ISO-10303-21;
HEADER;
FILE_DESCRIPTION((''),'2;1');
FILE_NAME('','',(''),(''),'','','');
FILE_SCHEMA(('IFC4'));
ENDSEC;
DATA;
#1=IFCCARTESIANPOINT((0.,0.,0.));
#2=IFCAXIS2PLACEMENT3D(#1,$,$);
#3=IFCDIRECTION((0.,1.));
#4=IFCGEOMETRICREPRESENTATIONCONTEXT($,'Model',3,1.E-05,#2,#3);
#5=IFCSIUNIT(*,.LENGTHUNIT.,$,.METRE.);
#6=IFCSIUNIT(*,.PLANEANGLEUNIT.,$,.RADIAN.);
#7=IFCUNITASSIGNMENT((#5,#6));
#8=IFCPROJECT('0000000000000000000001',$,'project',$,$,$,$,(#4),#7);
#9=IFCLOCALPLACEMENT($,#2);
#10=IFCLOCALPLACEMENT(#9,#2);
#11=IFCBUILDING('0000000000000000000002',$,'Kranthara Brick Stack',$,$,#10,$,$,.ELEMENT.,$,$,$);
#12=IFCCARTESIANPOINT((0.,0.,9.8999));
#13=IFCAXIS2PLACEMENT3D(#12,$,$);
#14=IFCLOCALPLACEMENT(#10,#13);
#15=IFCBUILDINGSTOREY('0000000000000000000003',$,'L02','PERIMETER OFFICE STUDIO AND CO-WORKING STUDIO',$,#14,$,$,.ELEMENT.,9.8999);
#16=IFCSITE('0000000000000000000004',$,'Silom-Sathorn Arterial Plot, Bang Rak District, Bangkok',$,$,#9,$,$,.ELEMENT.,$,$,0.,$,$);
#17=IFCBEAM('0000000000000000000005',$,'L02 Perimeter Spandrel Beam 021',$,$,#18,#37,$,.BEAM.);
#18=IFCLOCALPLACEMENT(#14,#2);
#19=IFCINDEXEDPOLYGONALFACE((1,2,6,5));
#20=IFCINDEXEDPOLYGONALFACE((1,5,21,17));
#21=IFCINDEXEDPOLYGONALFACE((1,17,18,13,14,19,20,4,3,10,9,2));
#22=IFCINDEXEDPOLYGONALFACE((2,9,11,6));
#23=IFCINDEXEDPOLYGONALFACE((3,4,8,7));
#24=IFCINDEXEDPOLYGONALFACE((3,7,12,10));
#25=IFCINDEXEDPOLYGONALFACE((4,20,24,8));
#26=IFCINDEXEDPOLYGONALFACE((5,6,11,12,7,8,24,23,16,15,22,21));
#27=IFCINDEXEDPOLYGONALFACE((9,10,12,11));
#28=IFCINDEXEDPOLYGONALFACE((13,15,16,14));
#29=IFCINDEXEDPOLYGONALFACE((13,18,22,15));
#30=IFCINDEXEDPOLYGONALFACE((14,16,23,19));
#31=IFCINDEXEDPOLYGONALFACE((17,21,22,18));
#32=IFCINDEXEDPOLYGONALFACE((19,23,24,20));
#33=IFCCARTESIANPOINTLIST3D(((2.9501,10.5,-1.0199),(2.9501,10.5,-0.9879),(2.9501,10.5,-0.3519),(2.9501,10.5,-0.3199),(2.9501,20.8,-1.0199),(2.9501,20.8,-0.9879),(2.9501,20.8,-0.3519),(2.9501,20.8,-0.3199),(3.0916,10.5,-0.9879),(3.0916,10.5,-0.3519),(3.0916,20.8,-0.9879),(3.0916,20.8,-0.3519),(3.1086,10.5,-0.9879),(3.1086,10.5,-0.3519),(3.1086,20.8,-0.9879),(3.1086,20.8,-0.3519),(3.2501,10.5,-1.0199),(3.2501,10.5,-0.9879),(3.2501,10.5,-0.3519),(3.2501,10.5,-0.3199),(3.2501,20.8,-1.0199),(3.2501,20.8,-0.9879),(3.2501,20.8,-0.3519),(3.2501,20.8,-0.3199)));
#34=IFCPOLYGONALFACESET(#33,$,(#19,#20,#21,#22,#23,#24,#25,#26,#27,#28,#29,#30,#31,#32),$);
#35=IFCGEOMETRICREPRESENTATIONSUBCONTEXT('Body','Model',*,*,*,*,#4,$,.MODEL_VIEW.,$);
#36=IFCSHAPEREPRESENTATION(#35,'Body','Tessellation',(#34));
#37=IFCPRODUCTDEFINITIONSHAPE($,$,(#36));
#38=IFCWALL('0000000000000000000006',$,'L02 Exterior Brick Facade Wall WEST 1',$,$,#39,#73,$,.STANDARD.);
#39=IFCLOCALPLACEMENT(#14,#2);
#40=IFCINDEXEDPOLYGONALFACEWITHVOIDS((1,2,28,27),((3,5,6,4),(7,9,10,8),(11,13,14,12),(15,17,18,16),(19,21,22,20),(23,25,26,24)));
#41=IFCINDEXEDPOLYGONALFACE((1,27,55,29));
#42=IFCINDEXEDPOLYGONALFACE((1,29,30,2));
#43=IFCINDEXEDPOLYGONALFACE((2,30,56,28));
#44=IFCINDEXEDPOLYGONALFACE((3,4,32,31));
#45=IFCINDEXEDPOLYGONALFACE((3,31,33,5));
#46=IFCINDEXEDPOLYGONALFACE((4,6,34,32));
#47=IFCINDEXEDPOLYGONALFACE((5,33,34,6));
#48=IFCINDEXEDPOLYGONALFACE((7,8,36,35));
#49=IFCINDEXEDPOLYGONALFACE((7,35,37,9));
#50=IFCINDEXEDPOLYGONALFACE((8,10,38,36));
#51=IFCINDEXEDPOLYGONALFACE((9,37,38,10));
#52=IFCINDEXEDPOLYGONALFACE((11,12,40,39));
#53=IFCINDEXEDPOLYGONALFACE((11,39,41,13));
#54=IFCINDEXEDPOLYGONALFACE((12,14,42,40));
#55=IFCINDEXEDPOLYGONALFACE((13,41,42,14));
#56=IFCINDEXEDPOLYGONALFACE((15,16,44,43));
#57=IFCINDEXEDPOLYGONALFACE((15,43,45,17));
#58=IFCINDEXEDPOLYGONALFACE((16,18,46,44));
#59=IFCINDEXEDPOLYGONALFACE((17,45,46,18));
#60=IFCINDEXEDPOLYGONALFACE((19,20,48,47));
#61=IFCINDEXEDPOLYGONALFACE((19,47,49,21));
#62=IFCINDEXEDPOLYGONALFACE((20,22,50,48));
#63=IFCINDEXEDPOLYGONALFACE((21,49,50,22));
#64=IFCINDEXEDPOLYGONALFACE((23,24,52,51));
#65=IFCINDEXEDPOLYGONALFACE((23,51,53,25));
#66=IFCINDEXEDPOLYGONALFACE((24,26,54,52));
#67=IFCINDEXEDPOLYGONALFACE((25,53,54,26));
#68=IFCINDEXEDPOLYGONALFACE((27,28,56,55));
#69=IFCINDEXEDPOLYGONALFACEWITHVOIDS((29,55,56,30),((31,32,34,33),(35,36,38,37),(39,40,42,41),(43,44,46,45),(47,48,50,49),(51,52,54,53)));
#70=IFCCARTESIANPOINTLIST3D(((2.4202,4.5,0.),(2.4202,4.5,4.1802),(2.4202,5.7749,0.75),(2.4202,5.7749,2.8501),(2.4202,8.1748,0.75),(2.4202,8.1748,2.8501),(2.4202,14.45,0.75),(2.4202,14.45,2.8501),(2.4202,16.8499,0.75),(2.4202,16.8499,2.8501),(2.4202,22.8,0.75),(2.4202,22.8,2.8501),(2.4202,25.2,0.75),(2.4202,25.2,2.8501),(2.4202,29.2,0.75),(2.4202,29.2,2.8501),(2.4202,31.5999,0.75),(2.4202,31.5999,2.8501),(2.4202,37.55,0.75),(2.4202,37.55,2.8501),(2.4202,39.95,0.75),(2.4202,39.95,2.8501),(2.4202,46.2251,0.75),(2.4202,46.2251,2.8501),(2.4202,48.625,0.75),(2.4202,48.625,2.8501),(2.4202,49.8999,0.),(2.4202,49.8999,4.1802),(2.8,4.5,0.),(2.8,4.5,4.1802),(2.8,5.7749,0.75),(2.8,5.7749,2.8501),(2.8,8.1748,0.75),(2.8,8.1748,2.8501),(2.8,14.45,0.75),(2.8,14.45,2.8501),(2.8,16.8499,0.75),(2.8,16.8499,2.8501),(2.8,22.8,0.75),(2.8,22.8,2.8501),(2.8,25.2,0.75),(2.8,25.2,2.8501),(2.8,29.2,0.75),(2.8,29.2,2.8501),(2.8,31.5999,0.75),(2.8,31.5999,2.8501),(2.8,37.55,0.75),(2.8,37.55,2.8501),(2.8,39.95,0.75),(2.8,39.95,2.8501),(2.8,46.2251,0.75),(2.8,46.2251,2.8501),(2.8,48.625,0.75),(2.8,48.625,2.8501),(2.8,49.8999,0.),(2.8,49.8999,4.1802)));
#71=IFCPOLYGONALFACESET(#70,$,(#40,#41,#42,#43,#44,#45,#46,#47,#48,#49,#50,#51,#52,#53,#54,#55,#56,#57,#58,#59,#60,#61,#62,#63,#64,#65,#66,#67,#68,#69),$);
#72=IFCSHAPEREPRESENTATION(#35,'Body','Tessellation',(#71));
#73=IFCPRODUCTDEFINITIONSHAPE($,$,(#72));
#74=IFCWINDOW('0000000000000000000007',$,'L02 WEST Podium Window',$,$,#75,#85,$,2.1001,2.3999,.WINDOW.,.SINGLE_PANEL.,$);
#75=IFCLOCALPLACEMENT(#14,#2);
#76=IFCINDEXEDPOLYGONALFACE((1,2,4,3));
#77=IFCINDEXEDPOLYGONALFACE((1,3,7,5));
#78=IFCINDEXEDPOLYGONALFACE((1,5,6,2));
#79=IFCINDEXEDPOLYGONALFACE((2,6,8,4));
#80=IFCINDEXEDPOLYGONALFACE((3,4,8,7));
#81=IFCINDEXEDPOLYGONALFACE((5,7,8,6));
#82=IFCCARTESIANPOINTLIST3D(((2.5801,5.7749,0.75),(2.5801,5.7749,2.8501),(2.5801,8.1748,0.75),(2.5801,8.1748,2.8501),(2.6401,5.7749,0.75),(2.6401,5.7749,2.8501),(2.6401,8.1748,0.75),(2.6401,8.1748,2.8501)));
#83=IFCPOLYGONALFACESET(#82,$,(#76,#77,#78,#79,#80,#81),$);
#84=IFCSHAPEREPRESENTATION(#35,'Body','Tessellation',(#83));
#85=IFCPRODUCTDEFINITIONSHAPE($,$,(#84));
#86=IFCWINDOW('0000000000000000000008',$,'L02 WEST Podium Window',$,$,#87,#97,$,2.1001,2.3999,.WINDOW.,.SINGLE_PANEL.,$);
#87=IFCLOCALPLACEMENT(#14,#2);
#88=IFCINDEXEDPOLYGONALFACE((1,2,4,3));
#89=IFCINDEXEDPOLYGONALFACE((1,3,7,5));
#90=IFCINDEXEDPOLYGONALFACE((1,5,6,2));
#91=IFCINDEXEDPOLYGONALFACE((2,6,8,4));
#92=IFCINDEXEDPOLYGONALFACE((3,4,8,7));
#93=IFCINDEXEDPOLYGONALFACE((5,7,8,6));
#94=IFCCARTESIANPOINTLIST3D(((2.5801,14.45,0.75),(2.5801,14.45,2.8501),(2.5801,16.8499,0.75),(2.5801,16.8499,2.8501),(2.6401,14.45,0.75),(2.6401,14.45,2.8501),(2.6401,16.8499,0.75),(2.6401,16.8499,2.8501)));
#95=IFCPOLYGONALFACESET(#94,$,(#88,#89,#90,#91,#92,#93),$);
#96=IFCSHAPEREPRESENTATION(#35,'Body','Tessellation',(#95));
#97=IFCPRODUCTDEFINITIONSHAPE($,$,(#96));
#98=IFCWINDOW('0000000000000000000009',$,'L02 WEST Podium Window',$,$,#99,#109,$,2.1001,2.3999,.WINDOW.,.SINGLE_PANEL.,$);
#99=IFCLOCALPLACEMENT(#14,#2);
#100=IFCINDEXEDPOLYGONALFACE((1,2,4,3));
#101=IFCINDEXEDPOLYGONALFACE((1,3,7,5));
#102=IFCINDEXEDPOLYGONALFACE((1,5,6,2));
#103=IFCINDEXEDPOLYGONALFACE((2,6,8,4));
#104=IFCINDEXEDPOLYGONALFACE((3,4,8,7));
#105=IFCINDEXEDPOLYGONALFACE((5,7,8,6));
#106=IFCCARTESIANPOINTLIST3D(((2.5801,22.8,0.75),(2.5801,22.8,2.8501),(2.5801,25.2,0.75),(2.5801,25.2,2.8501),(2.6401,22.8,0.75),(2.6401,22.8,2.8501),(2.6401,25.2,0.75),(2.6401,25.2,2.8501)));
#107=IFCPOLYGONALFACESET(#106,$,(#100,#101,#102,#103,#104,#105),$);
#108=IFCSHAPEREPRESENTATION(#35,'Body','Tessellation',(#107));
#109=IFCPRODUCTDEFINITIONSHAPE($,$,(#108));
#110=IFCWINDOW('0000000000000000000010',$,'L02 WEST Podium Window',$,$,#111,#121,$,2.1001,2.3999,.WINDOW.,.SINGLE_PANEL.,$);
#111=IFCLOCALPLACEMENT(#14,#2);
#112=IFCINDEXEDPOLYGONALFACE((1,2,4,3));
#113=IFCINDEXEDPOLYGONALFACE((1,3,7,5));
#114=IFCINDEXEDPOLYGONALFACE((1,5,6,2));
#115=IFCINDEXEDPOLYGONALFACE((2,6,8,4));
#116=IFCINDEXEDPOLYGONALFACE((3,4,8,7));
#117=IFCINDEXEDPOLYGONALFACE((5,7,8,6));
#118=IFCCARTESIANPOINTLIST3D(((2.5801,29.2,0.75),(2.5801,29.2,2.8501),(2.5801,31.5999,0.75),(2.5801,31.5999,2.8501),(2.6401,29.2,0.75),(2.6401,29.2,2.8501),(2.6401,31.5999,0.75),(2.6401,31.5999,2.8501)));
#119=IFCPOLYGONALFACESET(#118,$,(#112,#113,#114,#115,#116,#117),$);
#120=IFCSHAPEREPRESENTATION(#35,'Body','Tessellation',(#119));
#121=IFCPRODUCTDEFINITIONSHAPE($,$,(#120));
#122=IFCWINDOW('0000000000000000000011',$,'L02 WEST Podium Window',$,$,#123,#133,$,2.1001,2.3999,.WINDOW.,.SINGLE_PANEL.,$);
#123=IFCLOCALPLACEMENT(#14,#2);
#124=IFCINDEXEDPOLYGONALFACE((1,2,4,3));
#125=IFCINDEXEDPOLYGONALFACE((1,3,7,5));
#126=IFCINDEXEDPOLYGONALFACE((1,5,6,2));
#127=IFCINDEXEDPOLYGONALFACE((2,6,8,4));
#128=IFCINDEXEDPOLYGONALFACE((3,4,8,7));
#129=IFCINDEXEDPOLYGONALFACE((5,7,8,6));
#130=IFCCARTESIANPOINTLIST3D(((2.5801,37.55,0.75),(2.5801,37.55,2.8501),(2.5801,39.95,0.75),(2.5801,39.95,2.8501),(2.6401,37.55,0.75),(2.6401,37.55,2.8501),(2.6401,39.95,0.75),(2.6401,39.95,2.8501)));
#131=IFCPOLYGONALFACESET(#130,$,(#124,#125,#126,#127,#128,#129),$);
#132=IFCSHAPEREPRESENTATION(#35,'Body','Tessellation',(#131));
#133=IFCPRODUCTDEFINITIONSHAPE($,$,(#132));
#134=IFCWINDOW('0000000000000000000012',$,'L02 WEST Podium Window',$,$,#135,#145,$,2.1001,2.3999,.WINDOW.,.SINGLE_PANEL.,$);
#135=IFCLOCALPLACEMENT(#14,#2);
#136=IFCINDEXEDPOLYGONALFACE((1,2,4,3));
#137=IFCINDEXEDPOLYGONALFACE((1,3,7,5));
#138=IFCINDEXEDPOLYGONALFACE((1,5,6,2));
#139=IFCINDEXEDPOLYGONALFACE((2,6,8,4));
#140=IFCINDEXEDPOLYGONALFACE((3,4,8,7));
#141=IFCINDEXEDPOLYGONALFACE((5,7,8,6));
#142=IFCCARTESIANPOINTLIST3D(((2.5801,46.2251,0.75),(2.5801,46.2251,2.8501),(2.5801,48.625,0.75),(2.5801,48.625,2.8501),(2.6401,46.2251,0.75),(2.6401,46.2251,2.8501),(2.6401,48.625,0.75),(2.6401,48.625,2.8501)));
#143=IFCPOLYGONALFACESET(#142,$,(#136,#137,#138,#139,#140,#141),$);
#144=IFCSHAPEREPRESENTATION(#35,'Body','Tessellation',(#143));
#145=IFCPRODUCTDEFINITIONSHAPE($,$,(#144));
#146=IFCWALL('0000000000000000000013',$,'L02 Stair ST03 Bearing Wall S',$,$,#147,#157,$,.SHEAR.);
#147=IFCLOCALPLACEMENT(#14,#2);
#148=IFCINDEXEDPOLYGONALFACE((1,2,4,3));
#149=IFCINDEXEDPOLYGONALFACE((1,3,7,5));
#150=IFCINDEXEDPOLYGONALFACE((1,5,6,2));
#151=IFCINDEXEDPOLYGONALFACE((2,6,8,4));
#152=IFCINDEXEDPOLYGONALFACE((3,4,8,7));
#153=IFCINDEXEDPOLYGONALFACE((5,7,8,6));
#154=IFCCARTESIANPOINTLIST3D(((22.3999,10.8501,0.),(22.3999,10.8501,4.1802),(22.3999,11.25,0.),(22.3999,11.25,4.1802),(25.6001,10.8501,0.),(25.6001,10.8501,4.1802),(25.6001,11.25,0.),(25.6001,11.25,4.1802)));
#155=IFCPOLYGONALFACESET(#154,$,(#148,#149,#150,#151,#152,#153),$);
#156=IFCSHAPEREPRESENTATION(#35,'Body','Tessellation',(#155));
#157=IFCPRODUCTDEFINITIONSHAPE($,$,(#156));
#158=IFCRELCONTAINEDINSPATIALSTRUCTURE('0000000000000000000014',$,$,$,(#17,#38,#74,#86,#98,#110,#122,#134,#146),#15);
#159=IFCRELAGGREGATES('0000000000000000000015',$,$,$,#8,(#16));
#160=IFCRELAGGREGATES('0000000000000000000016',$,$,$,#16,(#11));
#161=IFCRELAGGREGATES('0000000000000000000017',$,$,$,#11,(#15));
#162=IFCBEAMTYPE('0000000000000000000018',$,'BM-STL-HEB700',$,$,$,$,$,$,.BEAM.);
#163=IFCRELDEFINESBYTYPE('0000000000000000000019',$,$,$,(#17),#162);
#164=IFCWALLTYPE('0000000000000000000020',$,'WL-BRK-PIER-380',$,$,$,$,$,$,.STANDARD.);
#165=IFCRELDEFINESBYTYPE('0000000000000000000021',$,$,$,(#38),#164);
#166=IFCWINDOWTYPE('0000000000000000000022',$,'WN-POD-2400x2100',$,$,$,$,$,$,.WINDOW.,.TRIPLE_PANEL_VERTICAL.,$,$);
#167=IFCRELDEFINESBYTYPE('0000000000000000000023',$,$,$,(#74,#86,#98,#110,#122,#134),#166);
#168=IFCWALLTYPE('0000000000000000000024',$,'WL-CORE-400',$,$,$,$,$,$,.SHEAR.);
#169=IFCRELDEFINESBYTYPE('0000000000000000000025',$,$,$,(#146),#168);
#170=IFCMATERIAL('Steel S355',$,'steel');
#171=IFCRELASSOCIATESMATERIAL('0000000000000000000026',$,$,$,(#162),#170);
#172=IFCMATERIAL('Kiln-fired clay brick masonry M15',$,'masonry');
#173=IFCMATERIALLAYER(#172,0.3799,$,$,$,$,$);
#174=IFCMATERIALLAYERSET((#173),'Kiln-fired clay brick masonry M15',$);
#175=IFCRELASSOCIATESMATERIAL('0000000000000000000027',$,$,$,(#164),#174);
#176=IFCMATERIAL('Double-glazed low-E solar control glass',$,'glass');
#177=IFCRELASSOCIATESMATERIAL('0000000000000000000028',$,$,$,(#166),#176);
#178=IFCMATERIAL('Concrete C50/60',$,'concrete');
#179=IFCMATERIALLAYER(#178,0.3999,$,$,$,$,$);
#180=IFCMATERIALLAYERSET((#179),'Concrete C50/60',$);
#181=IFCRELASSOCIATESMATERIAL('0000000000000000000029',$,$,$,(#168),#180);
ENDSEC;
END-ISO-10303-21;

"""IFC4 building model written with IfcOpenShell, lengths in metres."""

from ifc_helpers import new_model, si_unit, direction, frame, frame_2d, origin, origin_2d, place, context, subcontext, project, spatial, rectangle, i_section, extrude, material, layer, layer_set, material_profile, profile_set, type_object, element, fill, save


model = new_model("IFC4")

# Units and contexts
model_context = context("Model", 3, precision=1e-05, world=origin(), true_north=direction((0.0, 1.0)))
body_context = subcontext(model_context, "Body", "Model", "MODEL_VIEW")
ifc_project = project(units=[si_unit("LENGTHUNIT", "METRE"), si_unit("PLANEANGLEUNIT", "RADIAN")], contexts=[model_context])

# Site, building, storey
site_placement = place(None, origin())
site = spatial("IfcSite", under=ifc_project, at=site_placement, Name="Silom-Sathorn Arterial Plot, Bang Rak District, Bangkok", CompositionType="ELEMENT", RefElevation=0.0)
building_placement = place(site_placement, origin())
building = spatial("IfcBuilding", under=site, at=building_placement, Name="Kranthara Brick Stack", CompositionType="ELEMENT")
storey_placement = place(building_placement, frame((0.0, 0.0, 9.8999)))
storey = spatial("IfcBuildingStorey", under=building, at=storey_placement, Name="L02", Description="PERIMETER OFFICE STUDIO AND CO-WORKING STUDIO", CompositionType="ELEMENT", Elevation=9.8999)

# Beam
ifc_material_1 = material(Name="Steel S355", Category="steel")
ifc_material_profile_1 = material_profile(ifc_material_1, i_section(OverallWidth=0.3, OverallDepth=0.7, WebThickness=0.0171, FlangeThickness=0.032, at=origin_2d()), Name="HEB 700")
ifc_profile_set_1 = profile_set([ifc_material_profile_1], Name="Steel S355")
beam_type_1 = type_object("IfcBeamType", Name="BM-STL-HEB700", PredefinedType="BEAM", material=ifc_profile_set_1)
beam_1_placement = place(storey_placement, frame((3.1001, 10.5, -0.6699), z_axis=(0.0, 1.0, 0.0), x_axis=(-1.0, 0.0, 0.0)))
element("IfcBeam", 1, at=beam_1_placement, inside=storey, type_object=beam_type_1, Name="L02 Perimeter Spandrel Beam 021", PredefinedType="BEAM", context=body_context, shape_type="SweptSolid", body=[
    extrude(i_section(OverallWidth=0.3, OverallDepth=0.7, WebThickness=0.0171, FlangeThickness=0.032, at=origin_2d()), origin(), (0.0, 0.0, 1.0), 10.3),
])

# Wall, openings, windows
ifc_material_2 = material(Name="Kiln-fired clay brick masonry M15", Category="masonry")
ifc_layer_1 = layer(ifc_material_2, 0.3799)
ifc_layer_set_1 = layer_set([ifc_layer_1], Name="Kiln-fired clay brick masonry M15")
wall_type_1 = type_object("IfcWallType", Name="WL-BRK-PIER-380", PredefinedType="STANDARD", material=ifc_layer_set_1)
wall_1_placement = place(storey_placement, frame((2.6101, 4.5, 0.0), z_axis=(0.0, 0.0, 1.0), x_axis=(0.0, 1.0, 0.0)))
wall_1 = element("IfcWall", 2, at=wall_1_placement, inside=storey, type_object=wall_type_1, Name="L02 Exterior Brick Facade Wall WEST 1", PredefinedType="STANDARD", context=body_context, shape_type="SweptSolid", body=[
    extrude(rectangle(XDim=45.3999, YDim=0.3799, at=frame_2d((22.7, 0.0))), origin(), (0.0, 0.0, 1.0), 4.1802),
])
opening_1_placement = place(wall_1_placement, frame((1.2749, 0.0, 0.75)))
opening_1 = element("IfcOpeningElement", 3, at=opening_1_placement, cuts=wall_1, PredefinedType="OPENING", context=body_context, shape_type="SweptSolid", body=[
    extrude(rectangle(XDim=2.3999, YDim=2.1001, at=frame_2d((1.2, 1.05))), frame((0.0, 0.2, 0.0), z_axis=(0.0, -1.0, 0.0), x_axis=(1.0, 0.0, 0.0)), (0.0, 0.0, 1.0), 0.3999),
])
opening_2_placement = place(wall_1_placement, frame((9.95, 0.0, 0.75)))
opening_2 = element("IfcOpeningElement", 4, at=opening_2_placement, cuts=wall_1, PredefinedType="OPENING", context=body_context, shape_type="SweptSolid", body=[
    extrude(rectangle(XDim=2.3999, YDim=2.1001, at=frame_2d((1.2, 1.05))), frame((0.0, 0.2, 0.0), z_axis=(0.0, -1.0, 0.0), x_axis=(1.0, 0.0, 0.0)), (0.0, 0.0, 1.0), 0.3999),
])
opening_3_placement = place(wall_1_placement, frame((18.3, 0.0, 0.75)))
opening_3 = element("IfcOpeningElement", 5, at=opening_3_placement, cuts=wall_1, PredefinedType="OPENING", context=body_context, shape_type="SweptSolid", body=[
    extrude(rectangle(XDim=2.3999, YDim=2.1001, at=frame_2d((1.2, 1.05))), frame((0.0, 0.2, 0.0), z_axis=(0.0, -1.0, 0.0), x_axis=(1.0, 0.0, 0.0)), (0.0, 0.0, 1.0), 0.3999),
])
opening_4_placement = place(wall_1_placement, frame((24.7, 0.0, 0.75)))
opening_4 = element("IfcOpeningElement", 6, at=opening_4_placement, cuts=wall_1, PredefinedType="OPENING", context=body_context, shape_type="SweptSolid", body=[
    extrude(rectangle(XDim=2.3999, YDim=2.1001, at=frame_2d((1.2, 1.05))), frame((0.0, 0.2, 0.0), z_axis=(0.0, -1.0, 0.0), x_axis=(1.0, 0.0, 0.0)), (0.0, 0.0, 1.0), 0.3999),
])
opening_5_placement = place(wall_1_placement, frame((33.05, 0.0, 0.75)))
opening_5 = element("IfcOpeningElement", 7, at=opening_5_placement, cuts=wall_1, PredefinedType="OPENING", context=body_context, shape_type="SweptSolid", body=[
    extrude(rectangle(XDim=2.3999, YDim=2.1001, at=frame_2d((1.2, 1.05))), frame((0.0, 0.2, 0.0), z_axis=(0.0, -1.0, 0.0), x_axis=(1.0, 0.0, 0.0)), (0.0, 0.0, 1.0), 0.3999),
])
opening_6_placement = place(wall_1_placement, frame((41.7251, 0.0, 0.75)))
opening_6 = element("IfcOpeningElement", 8, at=opening_6_placement, cuts=wall_1, PredefinedType="OPENING", context=body_context, shape_type="SweptSolid", body=[
    extrude(rectangle(XDim=2.3999, YDim=2.1001, at=frame_2d((1.2, 1.05))), frame((0.0, 0.2, 0.0), z_axis=(0.0, -1.0, 0.0), x_axis=(1.0, 0.0, 0.0)), (0.0, 0.0, 1.0), 0.3999),
])
ifc_material_3 = material(Name="Double-glazed low-E solar control glass", Category="glass")
window_type = type_object("IfcWindowType", Name="WN-POD-2400x2100", PartitioningType="TRIPLE_PANEL_VERTICAL", PredefinedType="WINDOW", material=ifc_material_3)
window_1_placement = place(opening_1_placement, origin())
window_1 = element("IfcWindow", 9, at=window_1_placement, inside=storey, type_object=window_type, Name="L02 WEST Podium Window", OverallHeight=2.1001, OverallWidth=2.3999, PartitioningType="SINGLE_PANEL", PredefinedType="WINDOW", context=body_context, shape_type="SweptSolid", body=[
    extrude(rectangle(XDim=2.3999, YDim=2.1001, at=frame_2d((1.2, 1.05))), frame((0.0, 0.03, 0.0), z_axis=(0.0, -1.0, 0.0), x_axis=(1.0, 0.0, 0.0)), (0.0, 0.0, 1.0), 0.0601),
])
fill(opening_1, window_1)
window_2_placement = place(opening_2_placement, origin())
window_2 = element("IfcWindow", 10, at=window_2_placement, inside=storey, type_object=window_type, Name="L02 WEST Podium Window", OverallHeight=2.1001, OverallWidth=2.3999, PartitioningType="SINGLE_PANEL", PredefinedType="WINDOW", context=body_context, shape_type="SweptSolid", body=[
    extrude(rectangle(XDim=2.3999, YDim=2.1001, at=frame_2d((1.2, 1.05))), frame((0.0, 0.03, 0.0), z_axis=(0.0, -1.0, 0.0), x_axis=(1.0, 0.0, 0.0)), (0.0, 0.0, 1.0), 0.0601),
])
fill(opening_2, window_2)
window_3_placement = place(opening_3_placement, origin())
window_3 = element("IfcWindow", 11, at=window_3_placement, inside=storey, type_object=window_type, Name="L02 WEST Podium Window", OverallHeight=2.1001, OverallWidth=2.3999, PartitioningType="SINGLE_PANEL", PredefinedType="WINDOW", context=body_context, shape_type="SweptSolid", body=[
    extrude(rectangle(XDim=2.3999, YDim=2.1001, at=frame_2d((1.2, 1.05))), frame((0.0, 0.03, 0.0), z_axis=(0.0, -1.0, 0.0), x_axis=(1.0, 0.0, 0.0)), (0.0, 0.0, 1.0), 0.0601),
])
fill(opening_3, window_3)
window_4_placement = place(opening_4_placement, origin())
window_4 = element("IfcWindow", 12, at=window_4_placement, inside=storey, type_object=window_type, Name="L02 WEST Podium Window", OverallHeight=2.1001, OverallWidth=2.3999, PartitioningType="SINGLE_PANEL", PredefinedType="WINDOW", context=body_context, shape_type="SweptSolid", body=[
    extrude(rectangle(XDim=2.3999, YDim=2.1001, at=frame_2d((1.2, 1.05))), frame((0.0, 0.03, 0.0), z_axis=(0.0, -1.0, 0.0), x_axis=(1.0, 0.0, 0.0)), (0.0, 0.0, 1.0), 0.0601),
])
fill(opening_4, window_4)
window_5_placement = place(opening_5_placement, origin())
window_5 = element("IfcWindow", 13, at=window_5_placement, inside=storey, type_object=window_type, Name="L02 WEST Podium Window", OverallHeight=2.1001, OverallWidth=2.3999, PartitioningType="SINGLE_PANEL", PredefinedType="WINDOW", context=body_context, shape_type="SweptSolid", body=[
    extrude(rectangle(XDim=2.3999, YDim=2.1001, at=frame_2d((1.2, 1.05))), frame((0.0, 0.03, 0.0), z_axis=(0.0, -1.0, 0.0), x_axis=(1.0, 0.0, 0.0)), (0.0, 0.0, 1.0), 0.0601),
])
fill(opening_5, window_5)
window_6_placement = place(opening_6_placement, origin())
window_6 = element("IfcWindow", 14, at=window_6_placement, inside=storey, type_object=window_type, Name="L02 WEST Podium Window", OverallHeight=2.1001, OverallWidth=2.3999, PartitioningType="SINGLE_PANEL", PredefinedType="WINDOW", context=body_context, shape_type="SweptSolid", body=[
    extrude(rectangle(XDim=2.3999, YDim=2.1001, at=frame_2d((1.2, 1.05))), frame((0.0, 0.03, 0.0), z_axis=(0.0, -1.0, 0.0), x_axis=(1.0, 0.0, 0.0)), (0.0, 0.0, 1.0), 0.0601),
])
fill(opening_6, window_6)

# Shared definitions
ifc_material_4 = material(Name="Concrete C50/60", Category="concrete")
ifc_layer_2 = layer(ifc_material_4, 0.3999)
ifc_layer_set_2 = layer_set([ifc_layer_2], Name="Concrete C50/60")
wall_type_2 = type_object("IfcWallType", Name="WL-CORE-400", PredefinedType="SHEAR", material=ifc_layer_set_2)

# Wall
for number, where, z_axis, x_axis, name in (
    (15, (22.3999, 11.05, 0.0), (0.0, 0.0, 1.0), (1.0, 0.0, 0.0), "L02 Stair ST03 Bearing Wall S"),
):
    element("IfcWall", number, at=place(storey_placement, frame(where, z_axis=z_axis, x_axis=x_axis)), inside=storey, type_object=wall_type_2, Name=name, PredefinedType="SHEAR", context=body_context, shape_type="SweptSolid", body=[
        extrude(rectangle(XDim=3.2002, YDim=0.3999, at=frame_2d((1.6001, 0.0))), origin(), (0.0, 0.0, 1.0), 4.1802),
    ])

save(model, "model.ifc")
